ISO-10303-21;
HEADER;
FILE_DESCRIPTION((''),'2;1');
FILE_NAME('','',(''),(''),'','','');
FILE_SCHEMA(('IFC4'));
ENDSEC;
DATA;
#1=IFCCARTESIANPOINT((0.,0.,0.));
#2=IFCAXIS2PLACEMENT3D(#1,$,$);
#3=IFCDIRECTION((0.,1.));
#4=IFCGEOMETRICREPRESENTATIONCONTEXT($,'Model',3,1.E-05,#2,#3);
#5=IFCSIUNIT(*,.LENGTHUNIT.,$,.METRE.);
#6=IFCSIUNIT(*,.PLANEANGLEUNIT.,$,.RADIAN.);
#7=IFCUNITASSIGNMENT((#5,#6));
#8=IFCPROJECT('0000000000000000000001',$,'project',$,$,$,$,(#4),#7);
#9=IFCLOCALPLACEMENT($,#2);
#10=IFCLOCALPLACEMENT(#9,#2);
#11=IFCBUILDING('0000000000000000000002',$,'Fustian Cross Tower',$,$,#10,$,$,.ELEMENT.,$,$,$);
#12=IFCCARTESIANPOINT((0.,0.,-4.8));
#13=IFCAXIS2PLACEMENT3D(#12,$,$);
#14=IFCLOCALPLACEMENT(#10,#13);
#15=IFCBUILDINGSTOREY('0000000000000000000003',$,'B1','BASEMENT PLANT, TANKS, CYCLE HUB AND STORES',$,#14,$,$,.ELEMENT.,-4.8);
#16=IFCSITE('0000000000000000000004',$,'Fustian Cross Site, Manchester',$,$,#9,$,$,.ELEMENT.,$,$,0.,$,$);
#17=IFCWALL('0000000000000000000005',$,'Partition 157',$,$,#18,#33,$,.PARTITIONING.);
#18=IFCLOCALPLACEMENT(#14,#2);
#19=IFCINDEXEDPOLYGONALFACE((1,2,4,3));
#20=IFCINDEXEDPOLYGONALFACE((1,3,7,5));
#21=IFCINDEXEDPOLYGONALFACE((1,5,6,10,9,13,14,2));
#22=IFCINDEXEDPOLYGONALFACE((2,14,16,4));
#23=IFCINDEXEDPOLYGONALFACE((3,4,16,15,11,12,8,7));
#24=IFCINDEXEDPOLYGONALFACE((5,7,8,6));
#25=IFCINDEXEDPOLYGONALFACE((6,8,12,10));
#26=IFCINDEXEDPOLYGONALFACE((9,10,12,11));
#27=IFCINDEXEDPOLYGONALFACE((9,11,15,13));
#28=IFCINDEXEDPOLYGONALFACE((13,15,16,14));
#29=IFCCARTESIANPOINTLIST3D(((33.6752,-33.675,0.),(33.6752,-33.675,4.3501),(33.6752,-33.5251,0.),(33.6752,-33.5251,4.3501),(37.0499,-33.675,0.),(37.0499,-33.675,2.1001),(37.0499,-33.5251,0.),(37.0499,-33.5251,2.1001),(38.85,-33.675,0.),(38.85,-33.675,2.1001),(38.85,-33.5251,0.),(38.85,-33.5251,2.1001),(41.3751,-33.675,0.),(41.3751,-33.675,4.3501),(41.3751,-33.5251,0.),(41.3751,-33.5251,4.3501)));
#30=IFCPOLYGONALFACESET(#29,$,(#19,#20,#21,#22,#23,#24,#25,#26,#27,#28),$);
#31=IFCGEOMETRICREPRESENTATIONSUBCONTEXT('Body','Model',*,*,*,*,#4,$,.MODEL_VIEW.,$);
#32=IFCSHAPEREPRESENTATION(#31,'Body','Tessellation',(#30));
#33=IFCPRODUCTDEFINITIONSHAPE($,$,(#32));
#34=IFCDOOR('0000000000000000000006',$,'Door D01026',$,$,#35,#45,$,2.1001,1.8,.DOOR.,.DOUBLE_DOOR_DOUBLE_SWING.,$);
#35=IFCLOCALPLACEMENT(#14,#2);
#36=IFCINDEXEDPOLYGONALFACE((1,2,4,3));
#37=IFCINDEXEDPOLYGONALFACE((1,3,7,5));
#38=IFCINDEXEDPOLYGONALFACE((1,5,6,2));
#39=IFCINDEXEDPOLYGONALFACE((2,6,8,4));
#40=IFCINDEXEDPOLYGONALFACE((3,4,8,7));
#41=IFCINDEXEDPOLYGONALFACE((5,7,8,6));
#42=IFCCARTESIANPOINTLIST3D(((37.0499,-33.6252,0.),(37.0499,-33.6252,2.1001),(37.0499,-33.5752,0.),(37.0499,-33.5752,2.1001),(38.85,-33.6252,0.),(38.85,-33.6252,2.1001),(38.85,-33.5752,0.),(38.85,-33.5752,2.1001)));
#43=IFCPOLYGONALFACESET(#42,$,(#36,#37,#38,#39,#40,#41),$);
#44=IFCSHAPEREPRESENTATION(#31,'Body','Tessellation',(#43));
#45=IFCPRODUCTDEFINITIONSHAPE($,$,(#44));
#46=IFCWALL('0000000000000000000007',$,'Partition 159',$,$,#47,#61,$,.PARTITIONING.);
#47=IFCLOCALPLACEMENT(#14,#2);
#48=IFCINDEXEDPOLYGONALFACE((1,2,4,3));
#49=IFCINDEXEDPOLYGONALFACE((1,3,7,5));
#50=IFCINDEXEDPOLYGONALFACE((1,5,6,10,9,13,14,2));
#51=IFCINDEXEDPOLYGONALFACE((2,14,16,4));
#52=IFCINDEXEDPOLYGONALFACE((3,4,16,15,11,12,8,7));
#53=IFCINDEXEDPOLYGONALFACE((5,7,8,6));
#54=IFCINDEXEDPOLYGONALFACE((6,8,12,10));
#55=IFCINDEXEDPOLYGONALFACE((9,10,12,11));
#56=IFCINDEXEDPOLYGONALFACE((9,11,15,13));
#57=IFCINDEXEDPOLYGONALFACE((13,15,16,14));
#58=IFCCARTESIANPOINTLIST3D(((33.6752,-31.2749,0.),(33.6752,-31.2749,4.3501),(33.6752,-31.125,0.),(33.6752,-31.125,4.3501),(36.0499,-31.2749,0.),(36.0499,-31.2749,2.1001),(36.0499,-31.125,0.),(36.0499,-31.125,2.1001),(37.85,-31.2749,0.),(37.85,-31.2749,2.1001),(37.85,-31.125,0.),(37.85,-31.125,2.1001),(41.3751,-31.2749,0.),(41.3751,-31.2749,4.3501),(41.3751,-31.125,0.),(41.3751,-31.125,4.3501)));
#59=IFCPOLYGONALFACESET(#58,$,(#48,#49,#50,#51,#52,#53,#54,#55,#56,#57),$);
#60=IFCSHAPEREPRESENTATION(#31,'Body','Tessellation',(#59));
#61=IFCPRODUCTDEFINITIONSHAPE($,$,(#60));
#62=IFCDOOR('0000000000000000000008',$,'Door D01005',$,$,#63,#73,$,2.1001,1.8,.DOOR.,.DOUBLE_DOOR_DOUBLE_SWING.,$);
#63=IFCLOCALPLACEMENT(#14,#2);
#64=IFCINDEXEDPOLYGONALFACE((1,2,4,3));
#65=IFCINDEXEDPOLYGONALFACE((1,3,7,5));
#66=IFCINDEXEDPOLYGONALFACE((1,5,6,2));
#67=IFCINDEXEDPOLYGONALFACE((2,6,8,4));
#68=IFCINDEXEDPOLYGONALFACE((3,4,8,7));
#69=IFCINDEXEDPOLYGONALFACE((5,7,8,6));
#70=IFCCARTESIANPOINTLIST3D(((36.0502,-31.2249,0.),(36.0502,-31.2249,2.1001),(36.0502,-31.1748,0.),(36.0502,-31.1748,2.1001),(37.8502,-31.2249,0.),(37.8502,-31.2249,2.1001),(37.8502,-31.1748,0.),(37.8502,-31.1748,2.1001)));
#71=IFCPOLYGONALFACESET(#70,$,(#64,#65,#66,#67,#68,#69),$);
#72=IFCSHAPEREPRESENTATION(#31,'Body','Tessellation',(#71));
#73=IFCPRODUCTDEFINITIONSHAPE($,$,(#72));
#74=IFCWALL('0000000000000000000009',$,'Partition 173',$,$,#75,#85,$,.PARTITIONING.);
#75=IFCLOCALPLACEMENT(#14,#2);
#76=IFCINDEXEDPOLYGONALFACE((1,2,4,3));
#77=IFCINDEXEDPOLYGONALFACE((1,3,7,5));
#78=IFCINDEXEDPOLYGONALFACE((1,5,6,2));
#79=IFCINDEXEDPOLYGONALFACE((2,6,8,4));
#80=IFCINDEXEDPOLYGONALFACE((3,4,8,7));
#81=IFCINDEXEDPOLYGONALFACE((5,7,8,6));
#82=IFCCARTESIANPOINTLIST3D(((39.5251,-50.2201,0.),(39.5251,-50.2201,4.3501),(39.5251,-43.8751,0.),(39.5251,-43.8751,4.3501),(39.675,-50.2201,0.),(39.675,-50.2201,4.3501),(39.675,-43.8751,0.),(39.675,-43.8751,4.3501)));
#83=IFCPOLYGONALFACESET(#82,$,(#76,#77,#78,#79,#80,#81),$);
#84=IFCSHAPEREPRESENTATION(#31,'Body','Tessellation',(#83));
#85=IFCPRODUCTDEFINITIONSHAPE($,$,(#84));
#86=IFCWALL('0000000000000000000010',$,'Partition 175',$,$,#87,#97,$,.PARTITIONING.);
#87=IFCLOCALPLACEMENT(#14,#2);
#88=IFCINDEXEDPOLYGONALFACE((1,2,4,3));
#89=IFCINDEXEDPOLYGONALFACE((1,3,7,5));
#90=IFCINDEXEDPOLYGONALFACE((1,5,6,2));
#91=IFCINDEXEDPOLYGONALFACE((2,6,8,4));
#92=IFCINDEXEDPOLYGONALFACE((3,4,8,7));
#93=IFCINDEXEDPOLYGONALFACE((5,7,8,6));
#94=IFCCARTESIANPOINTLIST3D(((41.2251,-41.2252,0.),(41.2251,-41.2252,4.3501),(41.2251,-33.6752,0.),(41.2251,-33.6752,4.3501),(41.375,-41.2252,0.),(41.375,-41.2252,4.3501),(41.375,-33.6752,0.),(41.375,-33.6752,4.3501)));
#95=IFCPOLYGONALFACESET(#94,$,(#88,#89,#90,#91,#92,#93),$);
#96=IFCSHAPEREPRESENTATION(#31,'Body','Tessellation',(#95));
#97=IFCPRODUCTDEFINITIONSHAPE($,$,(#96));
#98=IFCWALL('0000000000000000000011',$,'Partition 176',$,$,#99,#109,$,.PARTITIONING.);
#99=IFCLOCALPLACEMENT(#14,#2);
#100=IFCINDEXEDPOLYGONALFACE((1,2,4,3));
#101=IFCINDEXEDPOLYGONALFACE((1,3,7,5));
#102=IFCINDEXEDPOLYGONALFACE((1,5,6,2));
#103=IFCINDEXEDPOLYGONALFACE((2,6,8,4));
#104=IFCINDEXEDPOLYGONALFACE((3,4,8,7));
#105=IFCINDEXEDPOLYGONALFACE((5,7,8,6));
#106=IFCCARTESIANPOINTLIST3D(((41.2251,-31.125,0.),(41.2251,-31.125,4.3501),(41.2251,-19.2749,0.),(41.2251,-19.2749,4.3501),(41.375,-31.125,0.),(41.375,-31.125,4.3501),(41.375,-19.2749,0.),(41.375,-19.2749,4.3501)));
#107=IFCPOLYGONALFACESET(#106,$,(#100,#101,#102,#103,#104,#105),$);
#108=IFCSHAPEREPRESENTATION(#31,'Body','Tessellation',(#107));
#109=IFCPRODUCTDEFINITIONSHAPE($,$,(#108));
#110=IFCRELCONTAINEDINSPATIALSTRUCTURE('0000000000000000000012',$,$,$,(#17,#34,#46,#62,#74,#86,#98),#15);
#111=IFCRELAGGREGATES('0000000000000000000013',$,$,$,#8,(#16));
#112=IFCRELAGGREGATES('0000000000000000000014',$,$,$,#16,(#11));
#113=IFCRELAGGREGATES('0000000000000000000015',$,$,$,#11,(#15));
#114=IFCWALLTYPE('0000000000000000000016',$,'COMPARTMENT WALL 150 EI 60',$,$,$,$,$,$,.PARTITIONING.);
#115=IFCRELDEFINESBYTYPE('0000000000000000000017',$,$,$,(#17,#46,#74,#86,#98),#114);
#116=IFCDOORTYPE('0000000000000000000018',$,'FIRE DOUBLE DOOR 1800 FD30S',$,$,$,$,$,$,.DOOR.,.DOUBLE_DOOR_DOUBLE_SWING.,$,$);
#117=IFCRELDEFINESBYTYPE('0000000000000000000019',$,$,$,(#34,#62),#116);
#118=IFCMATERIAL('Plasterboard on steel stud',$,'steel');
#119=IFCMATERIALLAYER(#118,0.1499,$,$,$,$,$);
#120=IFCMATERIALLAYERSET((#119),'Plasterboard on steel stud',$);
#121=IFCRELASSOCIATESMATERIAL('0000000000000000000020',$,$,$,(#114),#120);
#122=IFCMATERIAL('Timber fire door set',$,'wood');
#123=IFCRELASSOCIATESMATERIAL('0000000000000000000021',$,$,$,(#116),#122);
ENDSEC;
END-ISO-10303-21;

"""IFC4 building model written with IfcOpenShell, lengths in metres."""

from ifc_helpers import new_model, si_unit, direction, frame, frame_2d, origin, place, context, subcontext, project, spatial, rectangle, extrude, material, layer, layer_set, type_object, element, fill, save


model = new_model("IFC4")

# Units and contexts
model_context = context("Model", 3, precision=1e-05, world=origin(), true_north=direction((0.0, 1.0)))
body_context = subcontext(model_context, "Body", "Model", "MODEL_VIEW")
ifc_project = project(units=[si_unit("LENGTHUNIT", "METRE"), si_unit("PLANEANGLEUNIT", "RADIAN")], contexts=[model_context])

# Site, building, storey
site_placement = place(None, origin())
site = spatial("IfcSite", under=ifc_project, at=site_placement, Name="Fustian Cross Site, Manchester", CompositionType="ELEMENT", RefElevation=0.0)
building_placement = place(site_placement, origin())
building = spatial("IfcBuilding", under=site, at=building_placement, Name="Fustian Cross Tower", CompositionType="ELEMENT")
storey_placement = place(building_placement, frame((0.0, 0.0, -4.8)))
storey = spatial("IfcBuildingStorey", under=building, at=storey_placement, Name="B1", Description="BASEMENT PLANT, TANKS, CYCLE HUB AND STORES", CompositionType="ELEMENT", Elevation=-4.8)

# Walls, openings, doors
ifc_material_1 = material(Name="Plasterboard on steel stud", Category="steel")
ifc_layer = layer(ifc_material_1, 0.1499)
ifc_layer_set = layer_set([ifc_layer], Name="Plasterboard on steel stud")
wall_type = type_object("IfcWallType", Name="COMPARTMENT WALL 150 EI 60", PredefinedType="PARTITIONING", material=ifc_layer_set)
wall_1_placement = place(storey_placement, frame((33.675, -33.6001, 0.0), z_axis=(0.0, 0.0, 1.0), x_axis=(1.0, 0.0, 0.0)))
wall_1 = element("IfcWall", 1, at=wall_1_placement, inside=storey, type_object=wall_type, Name="Partition 157", PredefinedType="PARTITIONING", context=body_context, shape_type="SweptSolid", body=[
    extrude(rectangle(XDim=7.7, YDim=0.1499, at=frame_2d((3.8501, 0.0))), origin(), (0.0, 0.0, 1.0), 4.3501),
])
opening_1_placement = place(wall_1_placement, frame((3.375, 0.0, 0.0)))
opening_1 = element("IfcOpeningElement", 2, at=opening_1_placement, cuts=wall_1, PredefinedType="OPENING", context=body_context, shape_type="SweptSolid", body=[
    extrude(rectangle(XDim=1.8, YDim=2.1001, at=frame_2d((0.8999, 1.05))), frame((0.0, 0.085, 0.0), z_axis=(0.0, -1.0, 0.0), x_axis=(1.0, 0.0, 0.0)), (0.0, 0.0, 1.0), 0.1699),
])
ifc_material_2 = material(Name="Timber fire door set", Category="wood")
door_type = type_object("IfcDoorType", Name="FIRE DOUBLE DOOR 1800 FD30S", OperationType="DOUBLE_DOOR_DOUBLE_SWING", PredefinedType="DOOR", material=ifc_material_2)
door_1_placement = place(opening_1_placement, origin())
door_1 = element("IfcDoor", 3, at=door_1_placement, inside=storey, type_object=door_type, Name="Door D01026", OperationType="DOUBLE_DOOR_DOUBLE_SWING", OverallHeight=2.1001, OverallWidth=1.8, PredefinedType="DOOR", context=body_context, shape_type="SweptSolid", body=[
    extrude(rectangle(XDim=1.8, YDim=2.1001, at=frame_2d((0.8999, 1.05))), frame((0.0, 0.0249, 0.0), z_axis=(0.0, -1.0, 0.0), x_axis=(1.0, 0.0, 0.0)), (0.0, 0.0, 1.0), 0.05),
])
fill(opening_1, door_1)
wall_2_placement = place(storey_placement, frame((33.675, -31.2, 0.0), z_axis=(0.0, 0.0, 1.0), x_axis=(1.0, 0.0, 0.0)))
wall_2 = element("IfcWall", 4, at=wall_2_placement, inside=storey, type_object=wall_type, Name="Partition 159", PredefinedType="PARTITIONING", context=body_context, shape_type="SweptSolid", body=[
    extrude(rectangle(XDim=7.7, YDim=0.1499, at=frame_2d((3.8501, 0.0))), origin(), (0.0, 0.0, 1.0), 4.3501),
])
opening_2_placement = place(wall_2_placement, frame((2.375, 0.0, 0.0)))
opening_2 = element("IfcOpeningElement", 5, at=opening_2_placement, cuts=wall_2, PredefinedType="OPENING", context=body_context, shape_type="SweptSolid", body=[
    extrude(rectangle(XDim=1.8, YDim=2.1001, at=frame_2d((0.8999, 1.05))), frame((0.0, 0.085, 0.0), z_axis=(0.0, -1.0, 0.0), x_axis=(1.0, 0.0, 0.0)), (0.0, 0.0, 1.0), 0.1699),
])
door_2_placement = place(opening_2_placement, frame((1.8, 0.0, 0.0), z_axis=(0.0, 0.0, 1.0), x_axis=(-1.0, 0.0, 0.0)))
door_2 = element("IfcDoor", 6, at=door_2_placement, inside=storey, type_object=door_type, Name="Door D01005", OperationType="DOUBLE_DOOR_DOUBLE_SWING", OverallHeight=2.1001, OverallWidth=1.8, PredefinedType="DOOR", context=body_context, shape_type="SweptSolid", body=[
    extrude(rectangle(XDim=1.8, YDim=2.1001, at=frame_2d((0.8999, 1.05))), frame((0.0, 0.0249, 0.0), z_axis=(0.0, -1.0, 0.0), x_axis=(1.0, 0.0, 0.0)), (0.0, 0.0, 1.0), 0.05),
])
fill(opening_2, door_2)

# Walls
wall_3_placement = place(storey_placement, frame((39.6001, -50.22, 0.0), z_axis=(0.0, 0.0, 1.0), x_axis=(0.0, 1.0, 0.0)))
element("IfcWall", 7, at=wall_3_placement, inside=storey, type_object=wall_type, Name="Partition 173", PredefinedType="PARTITIONING", context=body_context, shape_type="SweptSolid", body=[
    extrude(rectangle(XDim=6.345, YDim=0.1499, at=frame_2d((3.1724, 0.0))), origin(), (0.0, 0.0, 1.0), 4.3501),
])
wall_4_placement = place(storey_placement, frame((41.3, -41.2251, 0.0), z_axis=(0.0, 0.0, 1.0), x_axis=(0.0, 1.0, 0.0)))
element("IfcWall", 8, at=wall_4_placement, inside=storey, type_object=wall_type, Name="Partition 175", PredefinedType="PARTITIONING", context=body_context, shape_type="SweptSolid", body=[
    extrude(rectangle(XDim=7.55, YDim=0.1499, at=frame_2d((3.7749, 0.0))), origin(), (0.0, 0.0, 1.0), 4.3501),
])
wall_5_placement = place(storey_placement, frame((41.3, -31.125, 0.0), z_axis=(0.0, 0.0, 1.0), x_axis=(0.0, 1.0, 0.0)))
element("IfcWall", 9, at=wall_5_placement, inside=storey, type_object=wall_type, Name="Partition 176", PredefinedType="PARTITIONING", context=body_context, shape_type="SweptSolid", body=[
    extrude(rectangle(XDim=11.8501, YDim=0.1499, at=frame_2d((5.925, 0.0))), origin(), (0.0, 0.0, 1.0), 4.3501),
])

save(model, "model.ifc")
